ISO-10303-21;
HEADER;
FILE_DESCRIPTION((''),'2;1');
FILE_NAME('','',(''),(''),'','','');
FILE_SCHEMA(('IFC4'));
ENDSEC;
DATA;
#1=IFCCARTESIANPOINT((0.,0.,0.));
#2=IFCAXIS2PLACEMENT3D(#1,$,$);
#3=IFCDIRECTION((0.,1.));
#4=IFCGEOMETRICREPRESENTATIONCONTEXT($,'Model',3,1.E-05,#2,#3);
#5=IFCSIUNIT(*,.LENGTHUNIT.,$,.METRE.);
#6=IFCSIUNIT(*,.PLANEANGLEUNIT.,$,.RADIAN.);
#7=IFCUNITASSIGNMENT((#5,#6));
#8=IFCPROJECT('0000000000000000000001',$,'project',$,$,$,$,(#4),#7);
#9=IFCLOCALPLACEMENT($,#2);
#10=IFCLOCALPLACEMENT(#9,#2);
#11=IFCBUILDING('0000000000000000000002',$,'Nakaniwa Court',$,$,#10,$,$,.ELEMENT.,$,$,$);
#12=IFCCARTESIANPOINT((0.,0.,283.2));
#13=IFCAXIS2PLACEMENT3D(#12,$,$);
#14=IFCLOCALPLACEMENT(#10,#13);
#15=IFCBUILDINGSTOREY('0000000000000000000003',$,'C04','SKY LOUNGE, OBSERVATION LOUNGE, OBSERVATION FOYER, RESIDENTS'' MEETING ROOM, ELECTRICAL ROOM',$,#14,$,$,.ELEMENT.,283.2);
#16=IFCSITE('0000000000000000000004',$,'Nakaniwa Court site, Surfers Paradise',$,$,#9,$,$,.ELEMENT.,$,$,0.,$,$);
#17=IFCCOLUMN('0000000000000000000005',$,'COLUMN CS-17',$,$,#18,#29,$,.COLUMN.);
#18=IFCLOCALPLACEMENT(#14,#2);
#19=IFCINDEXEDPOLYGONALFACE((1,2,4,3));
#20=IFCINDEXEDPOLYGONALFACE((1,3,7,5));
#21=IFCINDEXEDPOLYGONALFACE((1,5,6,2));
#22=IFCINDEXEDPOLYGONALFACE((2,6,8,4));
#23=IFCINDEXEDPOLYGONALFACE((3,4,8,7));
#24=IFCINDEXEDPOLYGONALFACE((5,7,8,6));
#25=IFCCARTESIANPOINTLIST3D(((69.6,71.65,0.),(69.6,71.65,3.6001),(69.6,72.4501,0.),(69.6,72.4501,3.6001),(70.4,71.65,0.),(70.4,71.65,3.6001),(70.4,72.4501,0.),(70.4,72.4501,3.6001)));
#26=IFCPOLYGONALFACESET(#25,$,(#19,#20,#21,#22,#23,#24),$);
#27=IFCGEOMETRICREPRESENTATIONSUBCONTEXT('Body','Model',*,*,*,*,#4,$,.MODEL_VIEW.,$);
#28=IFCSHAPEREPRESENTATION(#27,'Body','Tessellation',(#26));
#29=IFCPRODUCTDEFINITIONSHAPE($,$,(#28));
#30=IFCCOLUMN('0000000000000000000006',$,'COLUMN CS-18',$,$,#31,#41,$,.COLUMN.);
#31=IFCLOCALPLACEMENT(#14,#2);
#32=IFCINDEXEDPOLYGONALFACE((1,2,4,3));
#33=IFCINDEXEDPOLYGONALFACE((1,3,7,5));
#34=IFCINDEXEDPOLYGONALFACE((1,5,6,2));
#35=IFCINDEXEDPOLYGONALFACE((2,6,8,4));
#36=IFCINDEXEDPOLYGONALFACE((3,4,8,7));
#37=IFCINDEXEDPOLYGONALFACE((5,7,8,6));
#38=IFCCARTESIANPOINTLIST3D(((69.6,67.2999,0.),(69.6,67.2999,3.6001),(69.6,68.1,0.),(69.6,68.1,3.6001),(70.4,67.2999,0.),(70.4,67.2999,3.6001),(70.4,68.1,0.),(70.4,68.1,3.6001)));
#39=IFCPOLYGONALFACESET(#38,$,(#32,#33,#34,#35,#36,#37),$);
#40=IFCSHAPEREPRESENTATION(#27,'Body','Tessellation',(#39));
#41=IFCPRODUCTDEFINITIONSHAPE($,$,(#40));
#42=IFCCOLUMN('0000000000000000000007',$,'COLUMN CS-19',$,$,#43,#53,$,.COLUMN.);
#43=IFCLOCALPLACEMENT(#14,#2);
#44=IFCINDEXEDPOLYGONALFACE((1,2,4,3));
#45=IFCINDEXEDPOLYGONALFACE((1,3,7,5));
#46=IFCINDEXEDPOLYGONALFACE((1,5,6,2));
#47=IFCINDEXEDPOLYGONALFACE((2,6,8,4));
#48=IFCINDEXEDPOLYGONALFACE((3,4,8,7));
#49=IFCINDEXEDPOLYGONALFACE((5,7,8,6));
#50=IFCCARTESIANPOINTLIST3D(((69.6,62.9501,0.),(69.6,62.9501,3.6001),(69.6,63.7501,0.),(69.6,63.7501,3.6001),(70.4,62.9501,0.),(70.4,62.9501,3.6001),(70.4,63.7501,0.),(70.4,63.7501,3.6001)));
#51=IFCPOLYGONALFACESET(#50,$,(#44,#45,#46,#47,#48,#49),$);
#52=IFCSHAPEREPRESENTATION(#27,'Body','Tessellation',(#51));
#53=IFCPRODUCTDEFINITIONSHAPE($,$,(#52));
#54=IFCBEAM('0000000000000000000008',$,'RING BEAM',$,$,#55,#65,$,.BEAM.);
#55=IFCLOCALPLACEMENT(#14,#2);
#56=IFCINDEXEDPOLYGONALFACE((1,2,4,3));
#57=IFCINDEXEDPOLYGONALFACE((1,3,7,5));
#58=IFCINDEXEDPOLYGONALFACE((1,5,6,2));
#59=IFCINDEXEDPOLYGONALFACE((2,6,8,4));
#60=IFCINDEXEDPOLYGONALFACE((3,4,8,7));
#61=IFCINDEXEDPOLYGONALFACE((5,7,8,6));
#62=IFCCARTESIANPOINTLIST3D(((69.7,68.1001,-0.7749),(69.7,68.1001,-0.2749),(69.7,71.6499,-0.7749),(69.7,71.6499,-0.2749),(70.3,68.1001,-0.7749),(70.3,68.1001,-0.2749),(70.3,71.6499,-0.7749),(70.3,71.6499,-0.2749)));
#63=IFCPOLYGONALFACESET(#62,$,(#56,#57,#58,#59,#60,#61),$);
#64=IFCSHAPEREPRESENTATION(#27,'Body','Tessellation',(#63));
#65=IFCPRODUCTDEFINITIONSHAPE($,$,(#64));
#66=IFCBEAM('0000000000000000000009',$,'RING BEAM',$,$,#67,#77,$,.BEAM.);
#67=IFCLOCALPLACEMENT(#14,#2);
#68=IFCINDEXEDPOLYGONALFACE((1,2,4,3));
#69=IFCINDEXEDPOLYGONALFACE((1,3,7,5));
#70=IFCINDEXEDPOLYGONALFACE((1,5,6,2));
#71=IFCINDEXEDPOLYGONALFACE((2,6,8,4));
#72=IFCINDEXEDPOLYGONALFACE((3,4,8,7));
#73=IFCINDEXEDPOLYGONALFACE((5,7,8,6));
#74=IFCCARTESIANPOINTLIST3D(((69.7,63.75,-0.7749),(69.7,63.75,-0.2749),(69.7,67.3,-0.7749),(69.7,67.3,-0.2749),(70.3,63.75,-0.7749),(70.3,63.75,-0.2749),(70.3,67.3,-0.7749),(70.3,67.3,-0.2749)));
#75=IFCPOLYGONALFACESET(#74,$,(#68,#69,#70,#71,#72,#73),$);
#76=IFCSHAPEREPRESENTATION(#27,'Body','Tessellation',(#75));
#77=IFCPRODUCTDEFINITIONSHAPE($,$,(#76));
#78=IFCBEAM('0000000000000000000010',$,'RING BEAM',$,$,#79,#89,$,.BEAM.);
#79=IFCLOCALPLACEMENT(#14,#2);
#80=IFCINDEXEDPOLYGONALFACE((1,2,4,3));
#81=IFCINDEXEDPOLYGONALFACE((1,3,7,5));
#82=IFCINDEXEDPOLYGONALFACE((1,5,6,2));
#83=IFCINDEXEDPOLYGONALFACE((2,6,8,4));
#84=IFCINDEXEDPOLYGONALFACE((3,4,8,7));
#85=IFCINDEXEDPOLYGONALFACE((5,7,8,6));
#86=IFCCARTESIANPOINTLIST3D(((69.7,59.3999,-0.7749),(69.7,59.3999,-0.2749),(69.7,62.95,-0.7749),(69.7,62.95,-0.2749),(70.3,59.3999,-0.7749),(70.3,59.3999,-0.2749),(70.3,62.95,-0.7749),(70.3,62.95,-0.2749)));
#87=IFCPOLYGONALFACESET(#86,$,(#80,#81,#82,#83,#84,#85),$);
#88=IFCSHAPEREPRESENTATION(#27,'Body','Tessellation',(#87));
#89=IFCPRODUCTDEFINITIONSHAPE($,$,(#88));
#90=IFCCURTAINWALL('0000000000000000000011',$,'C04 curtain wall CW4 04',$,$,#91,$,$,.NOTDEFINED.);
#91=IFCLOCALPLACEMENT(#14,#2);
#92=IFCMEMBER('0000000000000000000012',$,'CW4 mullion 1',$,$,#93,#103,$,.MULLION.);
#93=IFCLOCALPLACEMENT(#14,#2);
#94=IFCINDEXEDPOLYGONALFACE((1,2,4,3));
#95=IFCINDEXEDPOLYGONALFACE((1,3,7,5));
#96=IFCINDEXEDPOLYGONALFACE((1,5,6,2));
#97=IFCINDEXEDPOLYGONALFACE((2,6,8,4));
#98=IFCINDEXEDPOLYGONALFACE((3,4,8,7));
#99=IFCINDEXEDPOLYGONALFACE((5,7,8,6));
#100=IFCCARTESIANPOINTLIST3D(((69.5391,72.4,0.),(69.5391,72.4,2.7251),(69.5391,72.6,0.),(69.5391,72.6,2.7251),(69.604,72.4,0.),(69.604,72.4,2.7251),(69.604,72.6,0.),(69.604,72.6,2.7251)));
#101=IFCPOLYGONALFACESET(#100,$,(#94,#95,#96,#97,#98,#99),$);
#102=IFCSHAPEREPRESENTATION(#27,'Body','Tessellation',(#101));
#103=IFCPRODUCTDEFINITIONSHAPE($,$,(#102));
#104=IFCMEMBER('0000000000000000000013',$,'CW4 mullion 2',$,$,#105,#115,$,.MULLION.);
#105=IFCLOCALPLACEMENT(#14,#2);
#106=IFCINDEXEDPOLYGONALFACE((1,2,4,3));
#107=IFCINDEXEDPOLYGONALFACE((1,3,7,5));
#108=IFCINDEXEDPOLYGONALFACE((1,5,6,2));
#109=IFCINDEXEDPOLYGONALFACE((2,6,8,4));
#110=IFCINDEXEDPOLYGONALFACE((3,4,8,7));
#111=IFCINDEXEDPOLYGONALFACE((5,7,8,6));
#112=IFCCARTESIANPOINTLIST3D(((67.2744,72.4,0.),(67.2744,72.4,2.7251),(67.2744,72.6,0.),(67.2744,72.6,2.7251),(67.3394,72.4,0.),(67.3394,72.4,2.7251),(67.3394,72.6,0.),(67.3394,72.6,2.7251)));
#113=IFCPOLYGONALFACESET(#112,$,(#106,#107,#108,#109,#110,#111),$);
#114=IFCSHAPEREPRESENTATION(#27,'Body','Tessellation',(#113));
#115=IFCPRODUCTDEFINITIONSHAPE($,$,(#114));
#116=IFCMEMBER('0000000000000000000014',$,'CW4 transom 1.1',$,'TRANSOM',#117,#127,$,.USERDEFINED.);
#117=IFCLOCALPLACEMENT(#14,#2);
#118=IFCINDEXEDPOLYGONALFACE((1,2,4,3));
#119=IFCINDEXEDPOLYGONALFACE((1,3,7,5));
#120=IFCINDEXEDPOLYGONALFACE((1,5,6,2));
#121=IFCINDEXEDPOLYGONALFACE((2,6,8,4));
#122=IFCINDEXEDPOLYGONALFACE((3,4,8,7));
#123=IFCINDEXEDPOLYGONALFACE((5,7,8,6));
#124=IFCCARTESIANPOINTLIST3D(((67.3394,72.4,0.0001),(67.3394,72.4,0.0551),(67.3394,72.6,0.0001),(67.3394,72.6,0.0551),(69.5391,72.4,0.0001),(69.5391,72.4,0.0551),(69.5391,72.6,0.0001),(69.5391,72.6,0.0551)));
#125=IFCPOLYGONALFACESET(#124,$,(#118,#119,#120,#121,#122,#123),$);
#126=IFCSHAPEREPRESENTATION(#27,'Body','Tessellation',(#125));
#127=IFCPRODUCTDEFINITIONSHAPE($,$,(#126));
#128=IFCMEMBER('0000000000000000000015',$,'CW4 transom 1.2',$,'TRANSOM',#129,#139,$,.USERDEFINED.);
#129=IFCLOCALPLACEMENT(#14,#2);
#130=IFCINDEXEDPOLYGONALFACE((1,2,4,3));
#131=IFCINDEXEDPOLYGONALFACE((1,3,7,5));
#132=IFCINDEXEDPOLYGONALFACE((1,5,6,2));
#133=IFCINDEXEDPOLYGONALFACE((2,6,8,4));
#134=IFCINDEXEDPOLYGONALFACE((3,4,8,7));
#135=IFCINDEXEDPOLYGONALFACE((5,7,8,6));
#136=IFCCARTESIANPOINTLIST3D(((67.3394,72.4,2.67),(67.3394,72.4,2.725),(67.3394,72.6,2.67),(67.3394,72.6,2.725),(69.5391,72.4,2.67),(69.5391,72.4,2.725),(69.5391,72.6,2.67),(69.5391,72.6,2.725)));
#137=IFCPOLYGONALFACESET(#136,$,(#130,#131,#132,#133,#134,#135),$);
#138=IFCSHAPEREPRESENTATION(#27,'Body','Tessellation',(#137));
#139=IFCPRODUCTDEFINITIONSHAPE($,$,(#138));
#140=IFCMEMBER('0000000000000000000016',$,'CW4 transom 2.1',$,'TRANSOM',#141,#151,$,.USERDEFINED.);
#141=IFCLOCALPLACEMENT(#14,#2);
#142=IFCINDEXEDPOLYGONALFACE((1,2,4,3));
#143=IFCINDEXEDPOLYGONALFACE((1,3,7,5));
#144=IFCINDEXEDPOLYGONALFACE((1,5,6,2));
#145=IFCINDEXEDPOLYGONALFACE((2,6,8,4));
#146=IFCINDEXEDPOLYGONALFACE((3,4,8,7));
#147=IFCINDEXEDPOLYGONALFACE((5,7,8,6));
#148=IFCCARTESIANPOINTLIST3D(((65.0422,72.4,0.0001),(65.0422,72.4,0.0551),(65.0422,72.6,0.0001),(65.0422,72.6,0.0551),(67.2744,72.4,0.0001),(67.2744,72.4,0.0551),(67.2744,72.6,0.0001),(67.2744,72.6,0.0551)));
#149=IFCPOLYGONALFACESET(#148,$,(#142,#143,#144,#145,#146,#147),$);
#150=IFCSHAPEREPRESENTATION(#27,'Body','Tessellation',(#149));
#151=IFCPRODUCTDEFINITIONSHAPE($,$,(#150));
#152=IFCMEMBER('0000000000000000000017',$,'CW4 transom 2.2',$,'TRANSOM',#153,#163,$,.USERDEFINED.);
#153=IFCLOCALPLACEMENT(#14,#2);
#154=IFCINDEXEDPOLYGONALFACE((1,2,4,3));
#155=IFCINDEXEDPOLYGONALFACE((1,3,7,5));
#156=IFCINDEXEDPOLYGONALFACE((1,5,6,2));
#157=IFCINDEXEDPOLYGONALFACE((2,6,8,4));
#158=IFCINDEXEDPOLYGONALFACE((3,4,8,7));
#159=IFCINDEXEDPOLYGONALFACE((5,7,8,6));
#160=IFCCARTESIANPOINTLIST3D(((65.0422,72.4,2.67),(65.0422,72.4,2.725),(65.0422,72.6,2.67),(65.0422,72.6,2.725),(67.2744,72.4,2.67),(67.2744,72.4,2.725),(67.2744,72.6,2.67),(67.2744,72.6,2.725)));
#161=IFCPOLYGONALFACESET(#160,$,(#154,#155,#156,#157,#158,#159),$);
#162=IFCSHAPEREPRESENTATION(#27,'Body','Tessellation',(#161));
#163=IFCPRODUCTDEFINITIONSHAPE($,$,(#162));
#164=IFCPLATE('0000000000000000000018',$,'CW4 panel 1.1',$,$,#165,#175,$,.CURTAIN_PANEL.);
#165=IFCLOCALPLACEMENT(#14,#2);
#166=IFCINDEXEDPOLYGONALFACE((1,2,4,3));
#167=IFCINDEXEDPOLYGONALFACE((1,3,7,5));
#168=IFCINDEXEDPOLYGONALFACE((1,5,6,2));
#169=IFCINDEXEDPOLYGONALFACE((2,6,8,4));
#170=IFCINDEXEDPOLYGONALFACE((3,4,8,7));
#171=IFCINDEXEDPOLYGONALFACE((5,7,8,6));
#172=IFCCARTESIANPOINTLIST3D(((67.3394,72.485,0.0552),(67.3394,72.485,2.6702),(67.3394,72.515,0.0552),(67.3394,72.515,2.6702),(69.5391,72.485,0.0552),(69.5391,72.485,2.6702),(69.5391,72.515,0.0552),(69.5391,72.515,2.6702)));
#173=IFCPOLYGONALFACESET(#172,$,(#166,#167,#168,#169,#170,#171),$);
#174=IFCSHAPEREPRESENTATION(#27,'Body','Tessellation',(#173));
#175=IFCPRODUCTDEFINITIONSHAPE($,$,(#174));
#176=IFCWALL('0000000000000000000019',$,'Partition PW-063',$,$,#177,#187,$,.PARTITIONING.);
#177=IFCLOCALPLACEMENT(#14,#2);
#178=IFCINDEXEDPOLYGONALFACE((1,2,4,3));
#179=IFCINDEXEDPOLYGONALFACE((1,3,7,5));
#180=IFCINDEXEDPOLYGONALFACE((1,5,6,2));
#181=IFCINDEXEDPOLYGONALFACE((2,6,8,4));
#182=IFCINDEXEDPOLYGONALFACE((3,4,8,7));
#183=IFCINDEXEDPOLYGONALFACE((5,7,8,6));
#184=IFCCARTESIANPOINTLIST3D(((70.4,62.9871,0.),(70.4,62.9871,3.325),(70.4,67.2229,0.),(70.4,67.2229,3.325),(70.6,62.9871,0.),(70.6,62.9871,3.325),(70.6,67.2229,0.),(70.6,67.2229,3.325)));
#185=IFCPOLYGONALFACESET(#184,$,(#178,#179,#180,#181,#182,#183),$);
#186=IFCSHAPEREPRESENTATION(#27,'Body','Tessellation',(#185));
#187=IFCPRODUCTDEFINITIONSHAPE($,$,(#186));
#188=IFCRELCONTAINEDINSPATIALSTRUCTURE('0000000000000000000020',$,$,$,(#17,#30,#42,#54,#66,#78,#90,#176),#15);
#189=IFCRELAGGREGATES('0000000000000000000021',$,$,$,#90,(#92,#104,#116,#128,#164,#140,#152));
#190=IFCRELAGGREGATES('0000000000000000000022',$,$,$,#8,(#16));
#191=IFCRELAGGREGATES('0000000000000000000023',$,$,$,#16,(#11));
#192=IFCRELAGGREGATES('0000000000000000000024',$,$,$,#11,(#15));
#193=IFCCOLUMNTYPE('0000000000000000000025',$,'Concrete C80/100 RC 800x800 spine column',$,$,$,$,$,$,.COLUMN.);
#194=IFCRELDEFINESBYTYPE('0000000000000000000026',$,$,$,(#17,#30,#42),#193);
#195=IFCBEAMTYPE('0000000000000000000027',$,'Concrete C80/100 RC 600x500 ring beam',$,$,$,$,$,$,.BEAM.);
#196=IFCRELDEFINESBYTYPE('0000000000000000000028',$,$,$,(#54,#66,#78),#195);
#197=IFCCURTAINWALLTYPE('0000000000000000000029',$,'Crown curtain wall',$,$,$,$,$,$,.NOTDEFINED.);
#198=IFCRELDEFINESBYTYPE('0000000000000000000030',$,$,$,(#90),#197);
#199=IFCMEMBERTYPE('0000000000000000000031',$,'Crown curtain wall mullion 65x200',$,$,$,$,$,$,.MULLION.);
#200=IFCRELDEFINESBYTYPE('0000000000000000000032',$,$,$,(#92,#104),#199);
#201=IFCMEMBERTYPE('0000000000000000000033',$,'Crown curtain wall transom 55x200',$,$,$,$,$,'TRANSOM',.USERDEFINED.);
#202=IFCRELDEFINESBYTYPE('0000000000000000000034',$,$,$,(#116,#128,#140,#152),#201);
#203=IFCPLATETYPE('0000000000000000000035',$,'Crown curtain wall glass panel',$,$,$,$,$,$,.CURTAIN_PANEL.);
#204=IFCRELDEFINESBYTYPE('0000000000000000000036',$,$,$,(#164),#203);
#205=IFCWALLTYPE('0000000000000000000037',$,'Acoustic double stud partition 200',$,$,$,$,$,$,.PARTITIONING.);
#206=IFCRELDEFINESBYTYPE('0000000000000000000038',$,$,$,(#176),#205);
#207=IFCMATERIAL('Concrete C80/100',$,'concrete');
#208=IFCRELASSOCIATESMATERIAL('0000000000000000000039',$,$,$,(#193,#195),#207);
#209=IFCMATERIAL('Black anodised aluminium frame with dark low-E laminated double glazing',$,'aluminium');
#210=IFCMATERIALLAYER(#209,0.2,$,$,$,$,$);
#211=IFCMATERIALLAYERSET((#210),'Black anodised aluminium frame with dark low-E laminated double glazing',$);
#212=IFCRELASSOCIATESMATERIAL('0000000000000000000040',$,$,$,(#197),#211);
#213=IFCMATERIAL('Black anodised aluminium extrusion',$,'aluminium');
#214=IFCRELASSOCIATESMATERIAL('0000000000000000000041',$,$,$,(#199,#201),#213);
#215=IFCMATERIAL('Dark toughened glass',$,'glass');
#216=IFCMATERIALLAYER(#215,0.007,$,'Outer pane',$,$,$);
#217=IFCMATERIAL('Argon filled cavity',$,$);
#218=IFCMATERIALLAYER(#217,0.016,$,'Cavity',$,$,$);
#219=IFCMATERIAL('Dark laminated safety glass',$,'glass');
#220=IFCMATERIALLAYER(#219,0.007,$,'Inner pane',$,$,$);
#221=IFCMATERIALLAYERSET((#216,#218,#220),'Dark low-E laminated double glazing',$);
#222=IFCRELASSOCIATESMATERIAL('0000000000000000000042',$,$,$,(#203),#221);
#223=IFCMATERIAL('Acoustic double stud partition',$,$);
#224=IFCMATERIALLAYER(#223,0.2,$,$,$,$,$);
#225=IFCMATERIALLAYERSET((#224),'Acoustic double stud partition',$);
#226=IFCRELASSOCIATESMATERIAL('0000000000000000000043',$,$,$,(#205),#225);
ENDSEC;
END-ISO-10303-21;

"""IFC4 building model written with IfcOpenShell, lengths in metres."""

from ifc_helpers import new_model, si_unit, direction, frame, frame_2d, origin, origin_2d, place, context, subcontext, project, spatial, rectangle, extrude, material, layer, layer_set, material_profile, profile_set, type_object, element, aggregate, save


model = new_model("IFC4")

# Units and contexts
model_context = context("Model", 3, precision=1e-05, world=origin(), true_north=direction((0.0, 1.0)))
body_context = subcontext(model_context, "Body", "Model", "MODEL_VIEW")
ifc_project = project(units=[si_unit("LENGTHUNIT", "METRE"), si_unit("PLANEANGLEUNIT", "RADIAN")], contexts=[model_context])

# Site, building, storey
site_placement = place(None, origin())
site = spatial("IfcSite", under=ifc_project, at=site_placement, Name="Nakaniwa Court site, Surfers Paradise", CompositionType="ELEMENT", RefElevation=0.0)
building_placement = place(site_placement, origin())
building = spatial("IfcBuilding", under=site, at=building_placement, Name="Nakaniwa Court", CompositionType="ELEMENT")
storey_placement = place(building_placement, frame((0.0, 0.0, 283.2)))
storey = spatial("IfcBuildingStorey", under=building, at=storey_placement, Name="C04", Description="SKY LOUNGE, OBSERVATION LOUNGE, OBSERVATION FOYER, RESIDENTS' MEETING ROOM, ELECTRICAL ROOM", CompositionType="ELEMENT", Elevation=283.2)

# Columns
ifc_material_1 = material(Name="Concrete C80/100", Category="concrete")
ifc_material_profile_1 = material_profile(ifc_material_1, rectangle(XDim=0.8, YDim=0.8, at=origin_2d()), Name="Concrete C80/100 RC 800x800 spine column")
ifc_profile_set_1 = profile_set([ifc_material_profile_1], Name="Concrete C80/100")
column_type = type_object("IfcColumnType", Name="Concrete C80/100 RC 800x800 spine column", PredefinedType="COLUMN", material=ifc_profile_set_1)
for number, where, z_axis, x_axis, name in (
    (1, (70.0, 72.05, 0.0), (0.0, 0.0, 1.0), (0.0, -1.0, 0.0), "COLUMN CS-17"),
    (2, (70.0, 67.7, 0.0), (0.0, 0.0, 1.0), (0.0, -1.0, 0.0), "COLUMN CS-18"),
    (3, (70.0, 63.3501, 0.0), (0.0, 0.0, 1.0), (0.0, -1.0, 0.0), "COLUMN CS-19"),
):
    element("IfcColumn", number, at=place(storey_placement, frame(where, z_axis=z_axis, x_axis=x_axis)), inside=storey, type_object=column_type, Name=name, PredefinedType="COLUMN", context=body_context, shape_type="SweptSolid", body=[
        extrude(rectangle(XDim=0.8, YDim=0.8, at=origin_2d()), origin(), (0.0, 0.0, 1.0), 3.6001),
    ])

# Beams
ifc_material_profile_2 = material_profile(ifc_material_1, rectangle(XDim=0.6001, YDim=0.5, at=origin_2d()), Name="Concrete C80/100 RC 600x500 ring beam")
ifc_profile_set_2 = profile_set([ifc_material_profile_2], Name="Concrete C80/100")
beam_type = type_object("IfcBeamType", Name="Concrete C80/100 RC 600x500 ring beam", PredefinedType="BEAM", material=ifc_profile_set_2)
beam_placement = place(storey_placement, frame((70.0, 71.6499, -0.5249), z_axis=(0.0, -1.0, 0.0), x_axis=(1.0, 0.0, 0.0)))
element("IfcBeam", 4, at=beam_placement, inside=storey, type_object=beam_type, Name="RING BEAM", PredefinedType="BEAM", context=body_context, shape_type="SweptSolid", body=[
    extrude(rectangle(XDim=0.6001, YDim=0.5, at=origin_2d()), origin(), (0.0, 0.0, 1.0), 3.5498),
])
for number, where, z_axis, x_axis, name in (
    (5, (70.0, 67.3, -0.5249), (0.0, -1.0, 0.0), (1.0, 0.0, 0.0), "RING BEAM"),
    (6, (70.0, 62.95, -0.5249), (0.0, -1.0, 0.0), (1.0, 0.0, 0.0), "RING BEAM"),
):
    element("IfcBeam", number, at=place(storey_placement, frame(where, z_axis=z_axis, x_axis=x_axis)), inside=storey, type_object=beam_type, Name=name, PredefinedType="BEAM", context=body_context, shape_type="SweptSolid", body=[
        extrude(rectangle(XDim=0.6001, YDim=0.5, at=origin_2d()), origin(), (0.0, 0.0, 1.0), 3.55),
    ])

# Curtain wall, members, plate
ifc_material_2 = material(Name="Black anodised aluminium frame with dark low-E laminated double glazing", Category="aluminium")
ifc_layer_1 = layer(ifc_material_2, 0.2)
ifc_layer_set_1 = layer_set([ifc_layer_1], Name="Black anodised aluminium frame with dark low-E laminated double glazing")
curtain_wall_type = type_object("IfcCurtainWallType", Name="Crown curtain wall", PredefinedType="NOTDEFINED", material=ifc_layer_set_1)
curtain_wall_placement = place(storey_placement, origin())
curtain_wall = element("IfcCurtainWall", 7, at=curtain_wall_placement, inside=storey, type_object=curtain_wall_type, Name="C04 curtain wall CW4 04", PredefinedType="NOTDEFINED")
ifc_material_3 = material(Name="Black anodised aluminium extrusion", Category="aluminium")
ifc_material_profile_3 = material_profile(ifc_material_3, rectangle(XDim=0.2, YDim=0.0649, at=origin_2d()), Name="Crown curtain wall mullion 65x200")
ifc_profile_set_3 = profile_set([ifc_material_profile_3], Name="Black anodised aluminium extrusion")
member_type_1 = type_object("IfcMemberType", Name="Crown curtain wall mullion 65x200", PredefinedType="MULLION", material=ifc_profile_set_3)
member_1_placement = place(storey_placement, frame((69.5715, 72.5, 0.0), z_axis=(0.0, 0.0, 1.0), x_axis=(0.0, -1.0, 0.0)))
member_1 = element("IfcMember", 8, at=member_1_placement, type_object=member_type_1, Name="CW4 mullion 1", PredefinedType="MULLION", context=body_context, shape_type="SweptSolid", body=[
    extrude(rectangle(XDim=0.2, YDim=0.0649, at=origin_2d()), origin(), (0.0, 0.0, 1.0), 2.7251),
])
member_2_placement = place(storey_placement, frame((67.3069, 72.5, 0.0), z_axis=(0.0, 0.0, 1.0), x_axis=(0.0, -1.0, 0.0)))
member_2 = element("IfcMember", 9, at=member_2_placement, type_object=member_type_1, Name="CW4 mullion 2", PredefinedType="MULLION", context=body_context, shape_type="SweptSolid", body=[
    extrude(rectangle(XDim=0.2, YDim=0.0649, at=origin_2d()), origin(), (0.0, 0.0, 1.0), 2.7251),
])
ifc_material_profile_4 = material_profile(ifc_material_3, rectangle(XDim=0.2, YDim=0.0549, at=origin_2d()), Name="Crown curtain wall transom 55x200")
ifc_profile_set_4 = profile_set([ifc_material_profile_4], Name="Black anodised aluminium extrusion")
member_type_2 = type_object("IfcMemberType", Name="Crown curtain wall transom 55x200", ElementType="TRANSOM", PredefinedType="USERDEFINED", material=ifc_profile_set_4)
member_3_placement = place(storey_placement, frame((69.5391, 72.5, 0.0276), z_axis=(-1.0, 0.0, 0.0), x_axis=(0.0, -1.0, 0.0)))
member_3 = element("IfcMember", 10, at=member_3_placement, type_object=member_type_2, Name="CW4 transom 1.1", ObjectType="TRANSOM", PredefinedType="USERDEFINED", context=body_context, shape_type="SweptSolid", body=[
    extrude(rectangle(XDim=0.2, YDim=0.0549, at=origin_2d()), origin(), (0.0, 0.0, 1.0), 2.1997),
])
member_4_placement = place(storey_placement, frame((69.5391, 72.5, 2.6975), z_axis=(-1.0, 0.0, 0.0), x_axis=(0.0, -1.0, 0.0)))
member_4 = element("IfcMember", 11, at=member_4_placement, type_object=member_type_2, Name="CW4 transom 1.2", ObjectType="TRANSOM", PredefinedType="USERDEFINED", context=body_context, shape_type="SweptSolid", body=[
    extrude(rectangle(XDim=0.2, YDim=0.0549, at=origin_2d()), origin(), (0.0, 0.0, 1.0), 2.1997),
])
member_5_placement = place(storey_placement, frame((67.2744, 72.5, 0.0276), z_axis=(-1.0, 0.0, 0.0), x_axis=(0.0, -1.0, 0.0)))
member_5 = element("IfcMember", 12, at=member_5_placement, type_object=member_type_2, Name="CW4 transom 2.1", ObjectType="TRANSOM", PredefinedType="USERDEFINED", context=body_context, shape_type="SweptSolid", body=[
    extrude(rectangle(XDim=0.2, YDim=0.0549, at=origin_2d()), origin(), (0.0, 0.0, 1.0), 2.2322),
])
member_6_placement = place(storey_placement, frame((67.2744, 72.5, 2.6975), z_axis=(-1.0, 0.0, 0.0), x_axis=(0.0, -1.0, 0.0)))
member_6 = element("IfcMember", 13, at=member_6_placement, type_object=member_type_2, Name="CW4 transom 2.2", ObjectType="TRANSOM", PredefinedType="USERDEFINED", context=body_context, shape_type="SweptSolid", body=[
    extrude(rectangle(XDim=0.2, YDim=0.0549, at=origin_2d()), origin(), (0.0, 0.0, 1.0), 2.2322),
])
ifc_material_4 = material(Name="Dark toughened glass", Category="glass")
ifc_layer_2 = layer(ifc_material_4, 0.007, Name="Outer pane")
ifc_material_5 = material(Name="Argon filled cavity")
ifc_layer_3 = layer(ifc_material_5, 0.016, Name="Cavity")
ifc_material_6 = material(Name="Dark laminated safety glass", Category="glass")
ifc_layer_4 = layer(ifc_material_6, 0.007, Name="Inner pane")
ifc_layer_set_2 = layer_set([ifc_layer_2, ifc_layer_3, ifc_layer_4], Name="Dark low-E laminated double glazing")
plate_type = type_object("IfcPlateType", Name="Crown curtain wall glass panel", PredefinedType="CURTAIN_PANEL", material=ifc_layer_set_2)
plate_placement = place(storey_placement, frame((68.4392, 72.5, 0.0552), z_axis=(0.0, 0.0, 1.0), x_axis=(-1.0, 0.0, 0.0)))
plate = element("IfcPlate", 14, at=plate_placement, type_object=plate_type, Name="CW4 panel 1.1", PredefinedType="CURTAIN_PANEL", context=body_context, shape_type="SweptSolid", body=[
    extrude(rectangle(XDim=2.1997, YDim=0.03, at=origin_2d()), origin(), (0.0, 0.0, 1.0), 2.615),
])
aggregate(curtain_wall, [member_1, member_2, member_3, member_4, plate, member_5, member_6])

# Wall
ifc_material_7 = material(Name="Acoustic double stud partition")
ifc_layer_5 = layer(ifc_material_7, 0.2)
ifc_layer_set_3 = layer_set([ifc_layer_5], Name="Acoustic double stud partition")
wall_type_1 = type_object("IfcWallType", Name="Acoustic double stud partition 200", PredefinedType="PARTITIONING", material=ifc_layer_set_3)
wall_1_placement = place(storey_placement, frame((70.5, 62.9871, 0.0), z_axis=(0.0, 0.0, 1.0), x_axis=(0.0, 1.0, 0.0)))
element("IfcWall", 15, at=wall_1_placement, inside=storey, type_object=wall_type_1, Name="Partition PW-063", PredefinedType="PARTITIONING", context=body_context, shape_type="SweptSolid", body=[
    extrude(rectangle(XDim=4.2358, YDim=0.2, at=frame_2d((2.1179, 0.0))), origin(), (0.0, 0.0, 1.0), 3.325),
])

save(model, "model.ifc")
